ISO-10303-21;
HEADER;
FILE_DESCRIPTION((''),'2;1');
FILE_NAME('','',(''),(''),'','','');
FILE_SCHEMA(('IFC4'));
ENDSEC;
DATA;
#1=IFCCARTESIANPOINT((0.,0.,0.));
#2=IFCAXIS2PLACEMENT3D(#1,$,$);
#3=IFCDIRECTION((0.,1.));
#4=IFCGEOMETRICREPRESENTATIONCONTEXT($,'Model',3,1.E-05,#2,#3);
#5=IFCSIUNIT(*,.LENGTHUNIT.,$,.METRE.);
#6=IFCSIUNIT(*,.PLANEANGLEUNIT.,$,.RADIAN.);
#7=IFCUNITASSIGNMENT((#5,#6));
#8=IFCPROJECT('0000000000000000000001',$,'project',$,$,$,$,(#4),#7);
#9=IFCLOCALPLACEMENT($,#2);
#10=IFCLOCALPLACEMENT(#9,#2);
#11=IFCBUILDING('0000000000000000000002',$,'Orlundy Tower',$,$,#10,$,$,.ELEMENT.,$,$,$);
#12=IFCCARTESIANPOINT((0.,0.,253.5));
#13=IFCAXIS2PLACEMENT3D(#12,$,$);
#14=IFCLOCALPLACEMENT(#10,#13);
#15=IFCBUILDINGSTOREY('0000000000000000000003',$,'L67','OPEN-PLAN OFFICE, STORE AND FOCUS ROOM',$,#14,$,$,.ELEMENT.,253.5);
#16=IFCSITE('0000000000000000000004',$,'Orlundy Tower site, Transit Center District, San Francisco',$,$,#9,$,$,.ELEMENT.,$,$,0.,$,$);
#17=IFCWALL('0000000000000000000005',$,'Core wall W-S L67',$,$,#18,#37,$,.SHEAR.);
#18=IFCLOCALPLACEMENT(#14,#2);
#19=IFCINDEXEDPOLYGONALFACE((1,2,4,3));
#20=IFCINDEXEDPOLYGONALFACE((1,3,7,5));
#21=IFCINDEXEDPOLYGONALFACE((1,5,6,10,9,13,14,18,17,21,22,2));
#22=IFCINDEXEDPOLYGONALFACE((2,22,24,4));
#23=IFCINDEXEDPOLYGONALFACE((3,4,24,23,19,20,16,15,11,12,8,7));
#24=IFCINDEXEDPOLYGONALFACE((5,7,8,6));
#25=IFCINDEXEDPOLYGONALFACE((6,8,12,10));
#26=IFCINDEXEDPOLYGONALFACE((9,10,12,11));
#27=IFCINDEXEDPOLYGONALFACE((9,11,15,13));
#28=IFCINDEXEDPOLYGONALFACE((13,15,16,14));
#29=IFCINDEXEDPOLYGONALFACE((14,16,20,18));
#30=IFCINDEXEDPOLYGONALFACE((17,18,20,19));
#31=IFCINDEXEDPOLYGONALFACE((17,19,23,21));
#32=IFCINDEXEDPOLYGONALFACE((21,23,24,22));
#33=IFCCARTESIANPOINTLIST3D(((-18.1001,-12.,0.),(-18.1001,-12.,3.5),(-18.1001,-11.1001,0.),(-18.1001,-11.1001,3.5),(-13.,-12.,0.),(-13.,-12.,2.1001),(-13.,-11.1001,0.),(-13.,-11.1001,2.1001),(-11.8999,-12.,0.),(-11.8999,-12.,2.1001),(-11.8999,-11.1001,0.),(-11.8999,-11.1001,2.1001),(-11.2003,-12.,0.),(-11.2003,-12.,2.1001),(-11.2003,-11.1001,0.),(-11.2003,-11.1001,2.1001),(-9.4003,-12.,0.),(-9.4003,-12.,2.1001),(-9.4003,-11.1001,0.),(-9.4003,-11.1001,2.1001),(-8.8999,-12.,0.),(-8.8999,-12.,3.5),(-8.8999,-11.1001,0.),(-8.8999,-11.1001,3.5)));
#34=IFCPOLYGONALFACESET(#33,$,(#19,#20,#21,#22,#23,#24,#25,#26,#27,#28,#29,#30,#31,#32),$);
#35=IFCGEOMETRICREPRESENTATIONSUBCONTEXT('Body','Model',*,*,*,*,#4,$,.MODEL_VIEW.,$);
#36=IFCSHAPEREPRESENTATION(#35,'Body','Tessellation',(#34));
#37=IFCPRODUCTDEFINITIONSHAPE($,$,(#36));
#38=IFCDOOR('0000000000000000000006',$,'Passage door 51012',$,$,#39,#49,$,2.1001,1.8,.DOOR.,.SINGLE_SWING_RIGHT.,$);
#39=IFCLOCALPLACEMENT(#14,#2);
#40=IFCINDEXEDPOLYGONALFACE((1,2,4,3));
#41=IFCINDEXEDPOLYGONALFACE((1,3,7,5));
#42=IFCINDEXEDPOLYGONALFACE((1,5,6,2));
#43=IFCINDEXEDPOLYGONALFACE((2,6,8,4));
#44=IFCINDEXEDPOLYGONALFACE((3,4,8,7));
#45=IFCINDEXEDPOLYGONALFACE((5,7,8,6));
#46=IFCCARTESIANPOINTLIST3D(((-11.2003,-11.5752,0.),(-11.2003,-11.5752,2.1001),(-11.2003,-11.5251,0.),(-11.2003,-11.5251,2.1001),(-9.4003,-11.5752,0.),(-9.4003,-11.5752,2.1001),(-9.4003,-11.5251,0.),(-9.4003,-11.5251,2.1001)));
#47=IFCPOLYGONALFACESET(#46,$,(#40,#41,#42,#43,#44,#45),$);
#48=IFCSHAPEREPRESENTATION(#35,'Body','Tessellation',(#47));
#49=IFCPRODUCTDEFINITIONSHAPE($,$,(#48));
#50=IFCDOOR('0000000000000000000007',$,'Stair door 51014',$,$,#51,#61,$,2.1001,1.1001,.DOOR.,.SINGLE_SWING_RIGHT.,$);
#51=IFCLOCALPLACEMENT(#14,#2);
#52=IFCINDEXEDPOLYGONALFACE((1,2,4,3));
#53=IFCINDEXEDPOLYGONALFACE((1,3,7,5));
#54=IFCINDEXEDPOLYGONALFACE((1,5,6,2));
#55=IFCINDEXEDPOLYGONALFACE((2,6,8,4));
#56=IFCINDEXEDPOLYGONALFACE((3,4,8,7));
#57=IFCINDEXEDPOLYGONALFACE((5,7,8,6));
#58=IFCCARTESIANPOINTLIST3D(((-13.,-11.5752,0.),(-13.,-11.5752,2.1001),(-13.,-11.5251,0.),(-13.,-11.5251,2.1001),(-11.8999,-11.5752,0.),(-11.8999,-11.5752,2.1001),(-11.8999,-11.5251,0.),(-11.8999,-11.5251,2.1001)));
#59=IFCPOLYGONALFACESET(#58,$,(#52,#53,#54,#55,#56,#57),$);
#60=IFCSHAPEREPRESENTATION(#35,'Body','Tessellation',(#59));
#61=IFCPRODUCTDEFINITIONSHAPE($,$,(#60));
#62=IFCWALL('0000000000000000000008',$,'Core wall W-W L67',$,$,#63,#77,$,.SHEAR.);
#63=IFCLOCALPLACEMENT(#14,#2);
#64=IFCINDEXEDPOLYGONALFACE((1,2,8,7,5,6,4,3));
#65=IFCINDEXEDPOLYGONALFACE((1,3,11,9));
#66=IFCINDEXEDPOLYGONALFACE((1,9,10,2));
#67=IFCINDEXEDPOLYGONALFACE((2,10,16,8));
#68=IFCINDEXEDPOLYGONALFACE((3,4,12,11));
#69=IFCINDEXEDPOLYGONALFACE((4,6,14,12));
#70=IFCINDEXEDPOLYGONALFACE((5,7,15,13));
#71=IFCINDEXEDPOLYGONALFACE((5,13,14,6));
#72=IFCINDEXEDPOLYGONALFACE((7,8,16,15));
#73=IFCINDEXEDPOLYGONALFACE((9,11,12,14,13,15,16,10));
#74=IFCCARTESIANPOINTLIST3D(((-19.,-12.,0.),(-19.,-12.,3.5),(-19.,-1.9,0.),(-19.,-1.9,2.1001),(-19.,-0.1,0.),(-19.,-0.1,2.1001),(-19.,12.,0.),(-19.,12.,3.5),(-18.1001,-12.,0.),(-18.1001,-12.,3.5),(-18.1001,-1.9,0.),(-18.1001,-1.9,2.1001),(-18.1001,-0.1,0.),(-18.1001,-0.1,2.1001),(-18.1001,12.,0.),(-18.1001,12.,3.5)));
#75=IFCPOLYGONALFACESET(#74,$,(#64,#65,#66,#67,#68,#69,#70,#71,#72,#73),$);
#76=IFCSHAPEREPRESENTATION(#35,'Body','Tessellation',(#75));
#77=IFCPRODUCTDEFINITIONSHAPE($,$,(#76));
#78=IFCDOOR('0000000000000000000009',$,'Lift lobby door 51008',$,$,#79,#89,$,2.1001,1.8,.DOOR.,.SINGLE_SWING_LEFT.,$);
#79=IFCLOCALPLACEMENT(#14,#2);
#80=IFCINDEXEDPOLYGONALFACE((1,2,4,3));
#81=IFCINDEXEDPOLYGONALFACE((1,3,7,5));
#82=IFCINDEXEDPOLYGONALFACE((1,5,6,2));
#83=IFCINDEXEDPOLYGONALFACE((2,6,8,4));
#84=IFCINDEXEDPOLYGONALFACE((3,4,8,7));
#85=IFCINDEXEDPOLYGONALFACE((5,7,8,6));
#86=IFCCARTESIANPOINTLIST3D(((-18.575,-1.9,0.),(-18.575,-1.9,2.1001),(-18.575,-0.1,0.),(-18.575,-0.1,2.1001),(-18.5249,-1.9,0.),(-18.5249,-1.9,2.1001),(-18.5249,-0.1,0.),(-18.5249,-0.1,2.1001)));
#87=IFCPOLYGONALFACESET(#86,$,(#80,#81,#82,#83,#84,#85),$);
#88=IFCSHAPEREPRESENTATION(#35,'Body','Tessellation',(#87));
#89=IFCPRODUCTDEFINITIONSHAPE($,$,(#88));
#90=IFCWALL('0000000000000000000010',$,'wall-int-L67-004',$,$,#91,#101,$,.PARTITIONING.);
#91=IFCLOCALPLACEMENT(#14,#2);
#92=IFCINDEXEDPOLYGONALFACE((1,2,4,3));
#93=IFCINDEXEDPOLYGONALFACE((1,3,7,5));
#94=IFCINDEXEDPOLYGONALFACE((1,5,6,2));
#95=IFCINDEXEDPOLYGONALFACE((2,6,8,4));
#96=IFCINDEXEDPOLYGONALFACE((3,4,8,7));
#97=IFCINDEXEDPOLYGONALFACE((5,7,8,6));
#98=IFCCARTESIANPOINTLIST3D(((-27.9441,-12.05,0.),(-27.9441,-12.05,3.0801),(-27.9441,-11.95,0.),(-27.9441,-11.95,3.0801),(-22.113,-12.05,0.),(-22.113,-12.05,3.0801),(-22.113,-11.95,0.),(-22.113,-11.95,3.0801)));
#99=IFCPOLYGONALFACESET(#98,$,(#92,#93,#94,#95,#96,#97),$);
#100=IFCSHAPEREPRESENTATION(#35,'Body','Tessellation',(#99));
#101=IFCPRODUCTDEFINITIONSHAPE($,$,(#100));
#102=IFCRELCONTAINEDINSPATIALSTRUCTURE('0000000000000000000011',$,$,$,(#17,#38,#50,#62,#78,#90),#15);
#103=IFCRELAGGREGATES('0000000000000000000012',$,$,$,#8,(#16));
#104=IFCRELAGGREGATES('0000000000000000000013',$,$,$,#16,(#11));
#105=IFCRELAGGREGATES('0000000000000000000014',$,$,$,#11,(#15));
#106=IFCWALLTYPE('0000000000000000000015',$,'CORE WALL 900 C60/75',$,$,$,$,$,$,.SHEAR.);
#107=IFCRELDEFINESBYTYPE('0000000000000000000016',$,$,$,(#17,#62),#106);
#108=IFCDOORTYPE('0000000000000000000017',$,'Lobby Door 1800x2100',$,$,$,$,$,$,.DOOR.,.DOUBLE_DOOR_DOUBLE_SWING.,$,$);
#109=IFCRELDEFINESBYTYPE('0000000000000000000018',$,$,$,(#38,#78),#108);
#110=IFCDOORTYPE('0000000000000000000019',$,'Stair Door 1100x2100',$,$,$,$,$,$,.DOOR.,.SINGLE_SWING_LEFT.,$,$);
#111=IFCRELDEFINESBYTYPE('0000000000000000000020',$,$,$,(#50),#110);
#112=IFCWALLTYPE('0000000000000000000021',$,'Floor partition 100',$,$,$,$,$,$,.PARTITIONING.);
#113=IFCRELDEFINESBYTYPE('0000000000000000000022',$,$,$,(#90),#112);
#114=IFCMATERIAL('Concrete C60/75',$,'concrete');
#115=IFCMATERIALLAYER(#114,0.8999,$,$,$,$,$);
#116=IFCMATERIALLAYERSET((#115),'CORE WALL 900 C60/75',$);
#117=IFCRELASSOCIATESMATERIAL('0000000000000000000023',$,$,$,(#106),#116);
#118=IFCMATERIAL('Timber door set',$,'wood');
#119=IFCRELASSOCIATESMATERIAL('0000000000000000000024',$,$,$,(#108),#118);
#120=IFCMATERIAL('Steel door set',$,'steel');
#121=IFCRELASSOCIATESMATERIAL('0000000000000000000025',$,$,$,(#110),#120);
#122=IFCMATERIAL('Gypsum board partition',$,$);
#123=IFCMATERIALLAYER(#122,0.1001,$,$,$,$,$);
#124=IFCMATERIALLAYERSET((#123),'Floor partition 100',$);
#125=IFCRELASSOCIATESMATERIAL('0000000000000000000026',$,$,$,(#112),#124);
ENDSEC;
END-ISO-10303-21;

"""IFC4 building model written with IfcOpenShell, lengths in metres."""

from ifc_helpers import new_model, si_unit, direction, frame, frame_2d, origin, place, context, subcontext, project, spatial, rectangle, extrude, material, layer, layer_set, type_object, element, fill, save


model = new_model("IFC4")

# Units and contexts
model_context = context("Model", 3, precision=1e-05, world=origin(), true_north=direction((0.0, 1.0)))
body_context = subcontext(model_context, "Body", "Model", "MODEL_VIEW")
ifc_project = project(units=[si_unit("LENGTHUNIT", "METRE"), si_unit("PLANEANGLEUNIT", "RADIAN")], contexts=[model_context])

# Site, building, storey
site_placement = place(None, origin())
site = spatial("IfcSite", under=ifc_project, at=site_placement, Name="Orlundy Tower site, Transit Center District, San Francisco", CompositionType="ELEMENT", RefElevation=0.0)
building_placement = place(site_placement, origin())
building = spatial("IfcBuilding", under=site, at=building_placement, Name="Orlundy Tower", CompositionType="ELEMENT")
storey_placement = place(building_placement, frame((0.0, 0.0, 253.5)))
storey = spatial("IfcBuildingStorey", under=building, at=storey_placement, Name="L67", Description="OPEN-PLAN OFFICE, STORE AND FOCUS ROOM", CompositionType="ELEMENT", Elevation=253.5)

# Wall, openings, doors
ifc_material_1 = material(Name="Concrete C60/75", Category="concrete")
ifc_layer_1 = layer(ifc_material_1, 0.8999)
ifc_layer_set_1 = layer_set([ifc_layer_1], Name="CORE WALL 900 C60/75")
wall_type_1 = type_object("IfcWallType", Name="CORE WALL 900 C60/75", PredefinedType="SHEAR", material=ifc_layer_set_1)
wall_1_placement = place(storey_placement, frame((-18.1001, -11.55, 0.0), z_axis=(0.0, 0.0, 1.0), x_axis=(1.0, 0.0, 0.0)))
wall_1 = element("IfcWall", 1, at=wall_1_placement, inside=storey, type_object=wall_type_1, Name="Core wall W-S L67", PredefinedType="SHEAR", context=body_context, shape_type="SweptSolid", body=[
    extrude(rectangle(XDim=9.2002, YDim=0.8999, at=frame_2d((4.6001, 0.0))), origin(), (0.0, 0.0, 1.0), 3.5),
])
opening_1_placement = place(wall_1_placement, frame((6.8999, 0.0, 0.0)))
opening_1 = element("IfcOpeningElement", 2, at=opening_1_placement, cuts=wall_1, PredefinedType="OPENING", context=body_context, shape_type="SweptSolid", body=[
    extrude(rectangle(XDim=1.8, YDim=2.1001, at=frame_2d((0.8999, 1.05))), frame((0.0, 0.46, 0.0), z_axis=(0.0, -1.0, 0.0), x_axis=(1.0, 0.0, 0.0)), (0.0, 0.0, 1.0), 0.9199),
])
opening_2_placement = place(wall_1_placement, frame((5.1001, 0.0, 0.0)))
opening_2 = element("IfcOpeningElement", 3, at=opening_2_placement, cuts=wall_1, PredefinedType="OPENING", context=body_context, shape_type="SweptSolid", body=[
    extrude(rectangle(XDim=1.1001, YDim=2.1001, at=frame_2d((0.55, 1.05))), frame((0.0, 0.46, 0.0), z_axis=(0.0, -1.0, 0.0), x_axis=(1.0, 0.0, 0.0)), (0.0, 0.0, 1.0), 0.9199),
])
ifc_material_2 = material(Name="Timber door set", Category="wood")
door_type_1 = type_object("IfcDoorType", Name="Lobby Door 1800x2100", OperationType="DOUBLE_DOOR_DOUBLE_SWING", PredefinedType="DOOR", material=ifc_material_2)
door_1_placement = place(opening_1_placement, origin())
door_1 = element("IfcDoor", 4, at=door_1_placement, inside=storey, type_object=door_type_1, Name="Passage door 51012", OperationType="SINGLE_SWING_RIGHT", OverallHeight=2.1001, OverallWidth=1.8, PredefinedType="DOOR", context=body_context, shape_type="SweptSolid", body=[
    extrude(rectangle(XDim=1.8, YDim=2.1001, at=frame_2d((0.8999, 1.05))), frame((0.0, 0.0249, 0.0), z_axis=(0.0, -1.0, 0.0), x_axis=(1.0, 0.0, 0.0)), (0.0, 0.0, 1.0), 0.05),
])
fill(opening_1, door_1)
ifc_material_3 = material(Name="Steel door set", Category="steel")
door_type_2 = type_object("IfcDoorType", Name="Stair Door 1100x2100", OperationType="SINGLE_SWING_LEFT", PredefinedType="DOOR", material=ifc_material_3)
door_2_placement = place(opening_2_placement, origin())
door_2 = element("IfcDoor", 5, at=door_2_placement, inside=storey, type_object=door_type_2, Name="Stair door 51014", OperationType="SINGLE_SWING_RIGHT", OverallHeight=2.1001, OverallWidth=1.1001, PredefinedType="DOOR", context=body_context, shape_type="SweptSolid", body=[
    extrude(rectangle(XDim=1.1001, YDim=2.1001, at=frame_2d((0.55, 1.05))), frame((0.0, 0.0249, 0.0), z_axis=(0.0, -1.0, 0.0), x_axis=(1.0, 0.0, 0.0)), (0.0, 0.0, 1.0), 0.05),
])
fill(opening_2, door_2)

# Wall, opening, door
wall_2_placement = place(storey_placement, frame((-18.55, -12.0, 0.0), z_axis=(0.0, 0.0, 1.0), x_axis=(0.0, 1.0, 0.0)))
wall_2 = element("IfcWall", 6, at=wall_2_placement, inside=storey, type_object=wall_type_1, Name="Core wall W-W L67", PredefinedType="SHEAR", context=body_context, shape_type="SweptSolid", body=[
    extrude(rectangle(XDim=24.0, YDim=0.8999, at=frame_2d((12.0, 0.0))), origin(), (0.0, 0.0, 1.0), 3.5),
])
opening_3_placement = place(wall_2_placement, frame((10.1001, 0.0, 0.0)))
opening_3 = element("IfcOpeningElement", 7, at=opening_3_placement, cuts=wall_2, PredefinedType="OPENING", context=body_context, shape_type="SweptSolid", body=[
    extrude(rectangle(XDim=1.8, YDim=2.1001, at=frame_2d((0.8999, 1.05))), frame((0.0, 0.46, 0.0), z_axis=(0.0, -1.0, 0.0), x_axis=(1.0, 0.0, 0.0)), (0.0, 0.0, 1.0), 0.9199),
])
door_3_placement = place(opening_3_placement, origin())
door_3 = element("IfcDoor", 8, at=door_3_placement, inside=storey, type_object=door_type_1, Name="Lift lobby door 51008", OperationType="SINGLE_SWING_LEFT", OverallHeight=2.1001, OverallWidth=1.8, PredefinedType="DOOR", context=body_context, shape_type="SweptSolid", body=[
    extrude(rectangle(XDim=1.8, YDim=2.1001, at=frame_2d((0.8999, 1.05))), frame((0.0, 0.0249, 0.0), z_axis=(0.0, -1.0, 0.0), x_axis=(1.0, 0.0, 0.0)), (0.0, 0.0, 1.0), 0.05),
])
fill(opening_3, door_3)

# Wall
ifc_material_4 = material(Name="Gypsum board partition")
ifc_layer_2 = layer(ifc_material_4, 0.1001)
ifc_layer_set_2 = layer_set([ifc_layer_2], Name="Floor partition 100")
wall_type_2 = type_object("IfcWallType", Name="Floor partition 100", PredefinedType="PARTITIONING", material=ifc_layer_set_2)
wall_3_placement = place(storey_placement, frame((-27.9441, -12.0, 0.0), z_axis=(0.0, 0.0, 1.0), x_axis=(1.0, 0.0, 0.0)))
element("IfcWall", 9, at=wall_3_placement, inside=storey, type_object=wall_type_2, Name="wall-int-L67-004", PredefinedType="PARTITIONING", context=body_context, shape_type="SweptSolid", body=[
    extrude(rectangle(XDim=5.8311, YDim=0.1001, at=frame_2d((2.9155, 0.0))), origin(), (0.0, 0.0, 1.0), 3.0801),
])

save(model, "model.ifc")
